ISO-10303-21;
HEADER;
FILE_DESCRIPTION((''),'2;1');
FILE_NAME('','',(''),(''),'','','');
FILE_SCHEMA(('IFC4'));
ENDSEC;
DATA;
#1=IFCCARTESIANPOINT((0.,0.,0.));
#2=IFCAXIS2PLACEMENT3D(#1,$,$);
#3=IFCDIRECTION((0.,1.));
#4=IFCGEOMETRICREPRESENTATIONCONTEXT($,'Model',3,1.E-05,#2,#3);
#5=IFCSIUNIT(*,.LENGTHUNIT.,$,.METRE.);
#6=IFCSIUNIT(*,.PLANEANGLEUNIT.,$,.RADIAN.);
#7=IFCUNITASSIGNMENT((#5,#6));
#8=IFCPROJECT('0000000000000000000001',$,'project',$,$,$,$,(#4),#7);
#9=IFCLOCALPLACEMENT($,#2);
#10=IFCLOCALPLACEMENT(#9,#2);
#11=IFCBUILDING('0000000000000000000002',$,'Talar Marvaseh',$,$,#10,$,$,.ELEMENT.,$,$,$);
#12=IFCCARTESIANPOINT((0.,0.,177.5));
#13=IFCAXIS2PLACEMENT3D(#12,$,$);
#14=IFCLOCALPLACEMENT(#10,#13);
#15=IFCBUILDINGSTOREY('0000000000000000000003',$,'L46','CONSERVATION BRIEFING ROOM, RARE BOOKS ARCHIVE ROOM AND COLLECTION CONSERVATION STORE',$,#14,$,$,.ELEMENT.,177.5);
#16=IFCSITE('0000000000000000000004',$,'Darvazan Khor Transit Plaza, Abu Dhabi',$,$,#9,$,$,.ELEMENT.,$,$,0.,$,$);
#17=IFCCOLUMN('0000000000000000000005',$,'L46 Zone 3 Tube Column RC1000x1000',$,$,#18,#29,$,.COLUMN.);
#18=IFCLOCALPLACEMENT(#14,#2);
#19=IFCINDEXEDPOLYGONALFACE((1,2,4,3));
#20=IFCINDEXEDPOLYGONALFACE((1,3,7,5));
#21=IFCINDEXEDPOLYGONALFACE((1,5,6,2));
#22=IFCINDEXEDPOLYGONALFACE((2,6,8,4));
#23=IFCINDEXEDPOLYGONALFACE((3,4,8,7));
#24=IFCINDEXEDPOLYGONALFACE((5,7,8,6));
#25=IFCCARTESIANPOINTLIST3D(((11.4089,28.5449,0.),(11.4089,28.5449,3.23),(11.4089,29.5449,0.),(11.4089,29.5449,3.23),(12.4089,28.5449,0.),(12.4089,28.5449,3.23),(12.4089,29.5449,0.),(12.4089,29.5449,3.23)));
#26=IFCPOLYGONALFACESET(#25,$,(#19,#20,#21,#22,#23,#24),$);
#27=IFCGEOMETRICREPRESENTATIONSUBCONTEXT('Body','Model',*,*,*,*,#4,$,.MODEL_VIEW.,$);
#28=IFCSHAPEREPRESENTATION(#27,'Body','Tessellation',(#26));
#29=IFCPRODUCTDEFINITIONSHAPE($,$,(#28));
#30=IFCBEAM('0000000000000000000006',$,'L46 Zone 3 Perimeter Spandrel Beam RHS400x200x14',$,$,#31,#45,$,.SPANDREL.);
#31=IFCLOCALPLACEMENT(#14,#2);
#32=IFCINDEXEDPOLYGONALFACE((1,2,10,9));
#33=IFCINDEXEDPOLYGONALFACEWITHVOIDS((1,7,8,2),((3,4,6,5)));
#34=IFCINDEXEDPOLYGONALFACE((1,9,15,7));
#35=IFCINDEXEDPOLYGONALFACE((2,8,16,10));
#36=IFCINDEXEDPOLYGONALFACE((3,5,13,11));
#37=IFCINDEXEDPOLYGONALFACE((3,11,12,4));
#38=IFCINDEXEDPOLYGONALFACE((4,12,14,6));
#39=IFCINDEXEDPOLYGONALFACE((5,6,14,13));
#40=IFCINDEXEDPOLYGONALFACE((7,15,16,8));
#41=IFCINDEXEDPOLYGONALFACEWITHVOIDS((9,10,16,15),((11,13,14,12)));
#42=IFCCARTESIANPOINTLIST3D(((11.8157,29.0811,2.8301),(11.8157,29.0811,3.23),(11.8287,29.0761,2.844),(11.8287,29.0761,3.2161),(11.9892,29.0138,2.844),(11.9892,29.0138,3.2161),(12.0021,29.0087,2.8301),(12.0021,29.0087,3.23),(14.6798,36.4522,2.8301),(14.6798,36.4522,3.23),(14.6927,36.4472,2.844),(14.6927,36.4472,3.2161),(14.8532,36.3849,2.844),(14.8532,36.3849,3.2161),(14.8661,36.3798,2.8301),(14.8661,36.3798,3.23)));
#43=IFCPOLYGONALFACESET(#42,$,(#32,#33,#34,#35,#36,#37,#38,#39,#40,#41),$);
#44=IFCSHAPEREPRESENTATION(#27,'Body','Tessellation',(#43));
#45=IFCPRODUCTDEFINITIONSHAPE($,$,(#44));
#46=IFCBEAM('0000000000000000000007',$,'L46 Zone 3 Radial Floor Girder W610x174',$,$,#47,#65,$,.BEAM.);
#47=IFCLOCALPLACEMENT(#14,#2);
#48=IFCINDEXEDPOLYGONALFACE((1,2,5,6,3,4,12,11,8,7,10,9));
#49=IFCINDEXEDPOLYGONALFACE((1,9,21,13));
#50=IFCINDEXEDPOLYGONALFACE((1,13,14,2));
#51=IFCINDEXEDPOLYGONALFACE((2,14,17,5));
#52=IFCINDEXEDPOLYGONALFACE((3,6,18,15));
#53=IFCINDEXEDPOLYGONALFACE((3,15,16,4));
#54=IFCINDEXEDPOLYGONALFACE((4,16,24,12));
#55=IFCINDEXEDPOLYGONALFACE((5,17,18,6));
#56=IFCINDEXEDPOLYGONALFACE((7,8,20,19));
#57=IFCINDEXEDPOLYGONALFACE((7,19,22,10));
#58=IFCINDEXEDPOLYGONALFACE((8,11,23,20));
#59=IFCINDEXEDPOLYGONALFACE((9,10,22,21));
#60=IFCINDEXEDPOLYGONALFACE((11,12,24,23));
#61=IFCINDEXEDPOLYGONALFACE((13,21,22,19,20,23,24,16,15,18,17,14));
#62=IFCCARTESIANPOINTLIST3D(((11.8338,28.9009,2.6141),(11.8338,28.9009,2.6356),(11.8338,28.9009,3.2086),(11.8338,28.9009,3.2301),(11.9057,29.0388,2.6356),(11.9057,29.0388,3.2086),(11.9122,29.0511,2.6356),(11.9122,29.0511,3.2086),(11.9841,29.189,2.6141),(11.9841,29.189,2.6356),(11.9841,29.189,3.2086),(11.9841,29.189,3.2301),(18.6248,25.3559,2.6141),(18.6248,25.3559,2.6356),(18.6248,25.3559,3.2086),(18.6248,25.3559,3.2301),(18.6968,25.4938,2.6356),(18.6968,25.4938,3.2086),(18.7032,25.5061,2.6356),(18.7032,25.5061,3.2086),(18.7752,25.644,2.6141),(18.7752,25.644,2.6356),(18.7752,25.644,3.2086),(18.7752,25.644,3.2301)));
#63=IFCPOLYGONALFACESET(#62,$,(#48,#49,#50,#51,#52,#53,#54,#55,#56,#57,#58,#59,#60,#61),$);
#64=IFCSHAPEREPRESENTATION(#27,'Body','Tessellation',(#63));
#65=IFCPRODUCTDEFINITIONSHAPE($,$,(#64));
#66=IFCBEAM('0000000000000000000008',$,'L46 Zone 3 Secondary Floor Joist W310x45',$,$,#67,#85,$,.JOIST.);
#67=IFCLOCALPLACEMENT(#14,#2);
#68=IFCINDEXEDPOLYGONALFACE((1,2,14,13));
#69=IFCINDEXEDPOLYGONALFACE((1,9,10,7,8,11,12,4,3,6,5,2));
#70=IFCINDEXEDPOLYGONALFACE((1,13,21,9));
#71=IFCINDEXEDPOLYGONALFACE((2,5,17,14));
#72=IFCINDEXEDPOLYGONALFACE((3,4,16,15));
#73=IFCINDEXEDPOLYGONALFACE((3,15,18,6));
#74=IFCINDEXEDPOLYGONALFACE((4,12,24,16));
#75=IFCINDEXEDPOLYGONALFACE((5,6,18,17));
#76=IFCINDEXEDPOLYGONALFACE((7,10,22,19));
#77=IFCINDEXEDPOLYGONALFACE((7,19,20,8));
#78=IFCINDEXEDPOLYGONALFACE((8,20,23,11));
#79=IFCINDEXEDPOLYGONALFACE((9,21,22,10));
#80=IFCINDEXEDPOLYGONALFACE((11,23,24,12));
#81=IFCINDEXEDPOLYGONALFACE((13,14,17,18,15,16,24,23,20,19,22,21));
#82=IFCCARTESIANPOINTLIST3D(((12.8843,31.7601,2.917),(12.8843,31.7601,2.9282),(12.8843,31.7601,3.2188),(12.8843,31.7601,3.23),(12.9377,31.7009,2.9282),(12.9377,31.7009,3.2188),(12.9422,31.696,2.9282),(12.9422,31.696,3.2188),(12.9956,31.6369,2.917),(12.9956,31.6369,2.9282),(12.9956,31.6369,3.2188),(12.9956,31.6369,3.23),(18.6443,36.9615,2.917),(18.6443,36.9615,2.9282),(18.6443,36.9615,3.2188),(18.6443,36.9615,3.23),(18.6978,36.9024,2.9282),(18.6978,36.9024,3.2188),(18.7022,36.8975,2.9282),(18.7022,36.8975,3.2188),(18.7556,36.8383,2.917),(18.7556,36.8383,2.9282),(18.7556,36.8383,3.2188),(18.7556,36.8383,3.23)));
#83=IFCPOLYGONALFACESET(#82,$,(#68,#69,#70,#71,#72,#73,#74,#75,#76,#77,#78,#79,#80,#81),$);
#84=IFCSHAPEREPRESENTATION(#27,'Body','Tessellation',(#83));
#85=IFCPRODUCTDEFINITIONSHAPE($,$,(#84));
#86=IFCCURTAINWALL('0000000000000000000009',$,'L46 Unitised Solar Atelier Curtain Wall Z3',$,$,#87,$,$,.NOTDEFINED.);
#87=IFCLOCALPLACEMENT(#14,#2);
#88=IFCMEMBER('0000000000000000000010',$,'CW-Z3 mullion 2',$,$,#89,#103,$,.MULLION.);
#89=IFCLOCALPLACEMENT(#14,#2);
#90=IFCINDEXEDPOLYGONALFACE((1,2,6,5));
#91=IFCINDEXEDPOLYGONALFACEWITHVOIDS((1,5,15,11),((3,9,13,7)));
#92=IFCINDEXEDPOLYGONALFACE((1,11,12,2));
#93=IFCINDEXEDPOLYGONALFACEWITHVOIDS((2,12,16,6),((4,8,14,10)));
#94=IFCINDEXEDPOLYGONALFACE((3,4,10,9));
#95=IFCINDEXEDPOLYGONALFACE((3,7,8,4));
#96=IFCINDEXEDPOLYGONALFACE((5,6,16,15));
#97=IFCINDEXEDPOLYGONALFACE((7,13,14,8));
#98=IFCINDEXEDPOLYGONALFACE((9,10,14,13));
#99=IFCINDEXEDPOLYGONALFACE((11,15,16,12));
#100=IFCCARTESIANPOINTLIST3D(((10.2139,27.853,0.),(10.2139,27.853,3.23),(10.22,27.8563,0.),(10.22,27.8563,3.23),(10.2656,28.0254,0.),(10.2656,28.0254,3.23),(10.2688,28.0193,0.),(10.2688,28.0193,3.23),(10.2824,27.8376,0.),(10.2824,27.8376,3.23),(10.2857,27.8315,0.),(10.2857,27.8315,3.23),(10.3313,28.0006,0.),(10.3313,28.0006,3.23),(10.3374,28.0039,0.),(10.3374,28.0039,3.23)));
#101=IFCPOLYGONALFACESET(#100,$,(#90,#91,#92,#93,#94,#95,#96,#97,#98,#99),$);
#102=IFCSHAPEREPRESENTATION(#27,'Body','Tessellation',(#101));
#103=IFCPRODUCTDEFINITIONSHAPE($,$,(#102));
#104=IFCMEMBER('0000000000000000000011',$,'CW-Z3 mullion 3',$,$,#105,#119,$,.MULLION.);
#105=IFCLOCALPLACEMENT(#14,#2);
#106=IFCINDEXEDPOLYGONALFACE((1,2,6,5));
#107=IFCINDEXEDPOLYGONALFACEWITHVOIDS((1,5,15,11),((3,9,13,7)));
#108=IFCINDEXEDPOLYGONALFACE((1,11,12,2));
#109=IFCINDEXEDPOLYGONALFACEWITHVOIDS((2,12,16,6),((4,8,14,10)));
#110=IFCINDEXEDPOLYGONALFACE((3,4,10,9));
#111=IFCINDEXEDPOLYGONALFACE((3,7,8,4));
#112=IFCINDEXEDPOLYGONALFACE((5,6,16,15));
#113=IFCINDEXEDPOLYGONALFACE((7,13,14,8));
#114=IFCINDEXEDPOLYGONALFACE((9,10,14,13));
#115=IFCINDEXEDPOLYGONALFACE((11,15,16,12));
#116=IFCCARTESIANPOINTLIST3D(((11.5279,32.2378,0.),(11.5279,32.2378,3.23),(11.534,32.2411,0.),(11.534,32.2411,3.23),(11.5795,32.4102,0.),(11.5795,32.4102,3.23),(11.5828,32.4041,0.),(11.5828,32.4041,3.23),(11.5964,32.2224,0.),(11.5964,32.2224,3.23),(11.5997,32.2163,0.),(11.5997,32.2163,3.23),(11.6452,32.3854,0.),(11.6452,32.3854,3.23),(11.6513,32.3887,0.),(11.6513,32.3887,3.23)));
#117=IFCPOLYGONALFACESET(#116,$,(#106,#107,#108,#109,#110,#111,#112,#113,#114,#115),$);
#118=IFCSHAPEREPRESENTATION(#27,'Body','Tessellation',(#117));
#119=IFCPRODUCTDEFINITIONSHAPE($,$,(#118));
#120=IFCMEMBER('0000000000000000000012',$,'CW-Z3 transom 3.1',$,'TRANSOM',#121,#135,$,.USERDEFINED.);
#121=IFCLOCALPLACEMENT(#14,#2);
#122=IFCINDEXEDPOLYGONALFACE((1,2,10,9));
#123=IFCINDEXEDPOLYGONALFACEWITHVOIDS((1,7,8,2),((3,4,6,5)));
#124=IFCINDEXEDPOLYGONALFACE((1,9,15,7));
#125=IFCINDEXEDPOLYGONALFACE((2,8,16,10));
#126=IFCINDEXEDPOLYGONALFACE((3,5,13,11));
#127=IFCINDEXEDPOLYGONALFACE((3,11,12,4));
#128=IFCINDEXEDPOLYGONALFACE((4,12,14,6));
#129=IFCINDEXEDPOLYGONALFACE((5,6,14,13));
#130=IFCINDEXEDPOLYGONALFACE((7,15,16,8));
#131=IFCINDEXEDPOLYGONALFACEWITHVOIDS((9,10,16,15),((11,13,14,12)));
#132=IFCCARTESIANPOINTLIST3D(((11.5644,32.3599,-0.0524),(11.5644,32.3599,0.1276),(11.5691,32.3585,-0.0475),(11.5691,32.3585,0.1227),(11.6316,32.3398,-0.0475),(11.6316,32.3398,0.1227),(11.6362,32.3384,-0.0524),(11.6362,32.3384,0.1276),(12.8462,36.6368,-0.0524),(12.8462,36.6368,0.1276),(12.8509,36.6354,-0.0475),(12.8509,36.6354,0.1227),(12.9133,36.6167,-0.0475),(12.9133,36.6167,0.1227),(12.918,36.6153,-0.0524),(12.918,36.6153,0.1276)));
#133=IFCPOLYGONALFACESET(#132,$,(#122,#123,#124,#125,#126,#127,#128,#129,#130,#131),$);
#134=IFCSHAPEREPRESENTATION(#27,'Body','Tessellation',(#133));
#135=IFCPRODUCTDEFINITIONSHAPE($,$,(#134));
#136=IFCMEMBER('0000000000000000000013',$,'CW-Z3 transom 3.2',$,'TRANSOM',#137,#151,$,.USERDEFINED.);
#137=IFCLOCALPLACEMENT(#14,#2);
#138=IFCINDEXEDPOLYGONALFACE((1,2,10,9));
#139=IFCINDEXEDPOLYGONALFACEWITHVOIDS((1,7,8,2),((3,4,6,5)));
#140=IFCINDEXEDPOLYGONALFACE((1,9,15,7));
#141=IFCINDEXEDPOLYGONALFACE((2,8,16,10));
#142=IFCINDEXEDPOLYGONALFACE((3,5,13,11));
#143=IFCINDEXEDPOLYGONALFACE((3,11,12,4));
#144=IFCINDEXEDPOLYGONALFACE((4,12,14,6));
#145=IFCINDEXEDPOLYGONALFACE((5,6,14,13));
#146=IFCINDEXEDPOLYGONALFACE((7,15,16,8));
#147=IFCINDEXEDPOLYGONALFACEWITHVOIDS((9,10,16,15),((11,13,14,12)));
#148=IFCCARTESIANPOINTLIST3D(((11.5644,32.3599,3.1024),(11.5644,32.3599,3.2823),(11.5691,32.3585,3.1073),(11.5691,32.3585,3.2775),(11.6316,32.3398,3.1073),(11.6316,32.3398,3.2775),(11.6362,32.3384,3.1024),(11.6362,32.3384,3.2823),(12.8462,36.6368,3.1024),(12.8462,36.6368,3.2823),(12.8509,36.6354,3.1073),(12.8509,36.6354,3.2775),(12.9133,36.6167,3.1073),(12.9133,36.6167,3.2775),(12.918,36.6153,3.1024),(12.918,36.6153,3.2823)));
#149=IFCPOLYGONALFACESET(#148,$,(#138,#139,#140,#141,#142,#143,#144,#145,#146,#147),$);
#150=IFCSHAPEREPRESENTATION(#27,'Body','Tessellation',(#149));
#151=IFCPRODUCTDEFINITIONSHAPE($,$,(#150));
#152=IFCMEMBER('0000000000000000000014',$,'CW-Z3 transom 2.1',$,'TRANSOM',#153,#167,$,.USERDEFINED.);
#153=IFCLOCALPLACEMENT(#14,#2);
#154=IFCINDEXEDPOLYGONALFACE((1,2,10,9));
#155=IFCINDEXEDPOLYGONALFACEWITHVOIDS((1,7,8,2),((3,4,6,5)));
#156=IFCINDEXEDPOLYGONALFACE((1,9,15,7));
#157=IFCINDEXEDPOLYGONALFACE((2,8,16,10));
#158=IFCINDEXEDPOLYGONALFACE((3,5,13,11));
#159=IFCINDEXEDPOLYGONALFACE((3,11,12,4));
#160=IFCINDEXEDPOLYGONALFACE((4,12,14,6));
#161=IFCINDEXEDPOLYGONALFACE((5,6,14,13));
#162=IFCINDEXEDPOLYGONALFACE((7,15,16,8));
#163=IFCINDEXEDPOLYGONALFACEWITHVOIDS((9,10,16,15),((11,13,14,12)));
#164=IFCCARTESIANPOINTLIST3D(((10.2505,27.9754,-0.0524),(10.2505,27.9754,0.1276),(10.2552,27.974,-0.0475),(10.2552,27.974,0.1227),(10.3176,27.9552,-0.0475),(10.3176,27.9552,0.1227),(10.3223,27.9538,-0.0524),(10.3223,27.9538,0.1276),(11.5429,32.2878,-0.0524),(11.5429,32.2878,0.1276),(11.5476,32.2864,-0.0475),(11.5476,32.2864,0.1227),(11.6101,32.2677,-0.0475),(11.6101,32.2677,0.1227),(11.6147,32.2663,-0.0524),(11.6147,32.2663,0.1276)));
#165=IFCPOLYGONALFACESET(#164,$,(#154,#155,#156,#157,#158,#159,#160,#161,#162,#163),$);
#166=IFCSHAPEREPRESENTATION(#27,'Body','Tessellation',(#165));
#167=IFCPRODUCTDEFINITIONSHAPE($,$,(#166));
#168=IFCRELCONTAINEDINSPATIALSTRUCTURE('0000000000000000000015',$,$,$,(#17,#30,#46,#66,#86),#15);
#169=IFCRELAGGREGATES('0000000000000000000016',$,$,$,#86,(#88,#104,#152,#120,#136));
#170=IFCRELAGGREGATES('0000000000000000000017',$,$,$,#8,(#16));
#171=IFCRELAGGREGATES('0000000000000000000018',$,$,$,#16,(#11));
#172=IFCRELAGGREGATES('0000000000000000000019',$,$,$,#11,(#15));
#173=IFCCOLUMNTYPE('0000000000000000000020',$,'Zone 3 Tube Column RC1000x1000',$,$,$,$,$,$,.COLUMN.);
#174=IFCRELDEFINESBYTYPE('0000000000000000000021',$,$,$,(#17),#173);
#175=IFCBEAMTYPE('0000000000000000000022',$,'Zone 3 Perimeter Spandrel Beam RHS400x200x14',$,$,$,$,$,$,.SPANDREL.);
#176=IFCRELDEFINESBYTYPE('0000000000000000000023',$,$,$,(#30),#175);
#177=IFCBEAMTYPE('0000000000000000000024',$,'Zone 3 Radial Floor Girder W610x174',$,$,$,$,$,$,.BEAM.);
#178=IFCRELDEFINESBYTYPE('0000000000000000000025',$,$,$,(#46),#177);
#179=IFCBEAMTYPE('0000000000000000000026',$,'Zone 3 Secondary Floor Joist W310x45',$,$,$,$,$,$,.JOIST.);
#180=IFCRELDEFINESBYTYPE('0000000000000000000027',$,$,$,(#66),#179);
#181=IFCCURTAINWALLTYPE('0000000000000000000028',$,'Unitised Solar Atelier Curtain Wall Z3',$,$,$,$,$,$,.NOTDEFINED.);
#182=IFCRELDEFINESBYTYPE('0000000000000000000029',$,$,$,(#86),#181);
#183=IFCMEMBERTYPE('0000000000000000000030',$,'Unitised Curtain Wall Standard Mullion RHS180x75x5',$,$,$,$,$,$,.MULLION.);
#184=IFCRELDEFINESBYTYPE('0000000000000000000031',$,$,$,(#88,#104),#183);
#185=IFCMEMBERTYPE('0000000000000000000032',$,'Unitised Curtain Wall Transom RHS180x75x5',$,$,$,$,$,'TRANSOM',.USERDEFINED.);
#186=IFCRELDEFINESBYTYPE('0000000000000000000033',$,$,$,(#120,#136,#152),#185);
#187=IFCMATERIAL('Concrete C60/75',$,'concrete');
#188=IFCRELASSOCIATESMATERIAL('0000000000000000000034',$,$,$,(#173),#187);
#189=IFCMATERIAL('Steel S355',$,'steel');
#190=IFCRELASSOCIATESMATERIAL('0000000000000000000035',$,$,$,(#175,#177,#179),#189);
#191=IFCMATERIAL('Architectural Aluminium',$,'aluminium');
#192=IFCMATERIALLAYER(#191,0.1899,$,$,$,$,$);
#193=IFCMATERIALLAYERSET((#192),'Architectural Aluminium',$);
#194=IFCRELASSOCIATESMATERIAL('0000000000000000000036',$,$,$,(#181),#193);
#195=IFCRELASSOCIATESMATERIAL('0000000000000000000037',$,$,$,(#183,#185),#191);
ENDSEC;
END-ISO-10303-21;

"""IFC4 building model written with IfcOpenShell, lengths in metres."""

from ifc_helpers import new_model, si_unit, direction, frame, origin, origin_2d, place, context, subcontext, project, spatial, rectangle, hollow_rectangle, i_section, extrude, source, transform, mapped, material, layer, layer_set, material_profile, profile_set, type_object, type_shapes, element, aggregate, save


model = new_model("IFC4")

# Units and contexts
model_context = context("Model", 3, precision=1e-05, world=origin(), true_north=direction((0.0, 1.0)))
body_context = subcontext(model_context, "Body", "Model", "MODEL_VIEW")
ifc_project = project(units=[si_unit("LENGTHUNIT", "METRE"), si_unit("PLANEANGLEUNIT", "RADIAN")], contexts=[model_context])

# Site, building, storey
site_placement = place(None, origin())
site = spatial("IfcSite", under=ifc_project, at=site_placement, Name="Darvazan Khor Transit Plaza, Abu Dhabi", CompositionType="ELEMENT", RefElevation=0.0)
building_placement = place(site_placement, origin())
building = spatial("IfcBuilding", under=site, at=building_placement, Name="Talar Marvaseh", CompositionType="ELEMENT")
storey_placement = place(building_placement, frame((0.0, 0.0, 177.5)))
storey = spatial("IfcBuildingStorey", under=building, at=storey_placement, Name="L46", Description="CONSERVATION BRIEFING ROOM, RARE BOOKS ARCHIVE ROOM AND COLLECTION CONSERVATION STORE", CompositionType="ELEMENT", Elevation=177.5)

# Column
ifc_material_1 = material(Name="Concrete C60/75", Category="concrete")
ifc_material_profile_1 = material_profile(ifc_material_1, rectangle(XDim=1.0, YDim=1.0, at=origin_2d()), Name="RC1000x1000")
ifc_profile_set_1 = profile_set([ifc_material_profile_1], Name="Concrete C60/75")
column_type = type_object("IfcColumnType", Name="Zone 3 Tube Column RC1000x1000", PredefinedType="COLUMN", material=ifc_profile_set_1)
column_placement = place(storey_placement, frame((11.9089, 29.0449, 0.0), z_axis=(0.0, 0.0, 1.0), x_axis=(1.0, 0.0, 0.0)))
element("IfcColumn", 1, at=column_placement, inside=storey, type_object=column_type, Name="L46 Zone 3 Tube Column RC1000x1000", PredefinedType="COLUMN", context=body_context, shape_type="SweptSolid", body=[
    extrude(rectangle(XDim=1.0, YDim=1.0, at=origin_2d()), origin(), (0.0, 0.0, 1.0), 3.23),
])

# Beams
ifc_material_2 = material(Name="Steel S355", Category="steel")
ifc_material_profile_2 = material_profile(ifc_material_2, hollow_rectangle(XDim=0.2, YDim=0.3999, WallThickness=0.0139, at=origin_2d()), Name="RHS400x200x14")
ifc_profile_set_2 = profile_set([ifc_material_profile_2], Name="Steel S355")
beam_type_1 = type_object("IfcBeamType", Name="Zone 3 Perimeter Spandrel Beam RHS400x200x14", PredefinedType="SPANDREL", material=ifc_profile_set_2)
beam_1_placement = place(storey_placement, frame((11.9089, 29.0449, 3.03), z_axis=(0.362169, 0.932112, 0.0), x_axis=(-0.932112, 0.362169, 0.0)))
element("IfcBeam", 2, at=beam_1_placement, inside=storey, type_object=beam_type_1, Name="L46 Zone 3 Perimeter Spandrel Beam RHS400x200x14", PredefinedType="SPANDREL", context=body_context, shape_type="SweptSolid", body=[
    extrude(hollow_rectangle(XDim=0.2, YDim=0.3999, WallThickness=0.0139, at=origin_2d()), origin(), (0.0, 0.0, 1.0), 7.908),
])
ifc_material_profile_3 = material_profile(ifc_material_2, i_section(OverallWidth=0.325, OverallDepth=0.616, WebThickness=0.0139, FlangeThickness=0.0215, at=origin_2d()), Name="W610x174")
ifc_profile_set_3 = profile_set([ifc_material_profile_3], Name="Steel S355")
beam_type_2 = type_object("IfcBeamType", Name="Zone 3 Radial Floor Girder W610x174", PredefinedType="BEAM", material=ifc_profile_set_3)
beam_2_placement = place(storey_placement, frame((11.9089, 29.0449, 2.9221), z_axis=(0.886489, -0.462749, 0.0), x_axis=(0.462749, 0.886489, 0.0)))
element("IfcBeam", 3, at=beam_2_placement, inside=storey, type_object=beam_type_2, Name="L46 Zone 3 Radial Floor Girder W610x174", PredefinedType="BEAM", context=body_context, shape_type="SweptSolid", body=[
    extrude(i_section(OverallWidth=0.325, OverallDepth=0.616, WebThickness=0.0139, FlangeThickness=0.0215, at=origin_2d()), origin(), (0.0, 0.0, 1.0), 7.6606),
])
ifc_material_profile_4 = material_profile(ifc_material_2, i_section(OverallWidth=0.166, OverallDepth=0.313, WebThickness=0.0066, FlangeThickness=0.0112, at=origin_2d()), Name="W310x45")
ifc_profile_set_4 = profile_set([ifc_material_profile_4], Name="Steel S355")
beam_type_3 = type_object("IfcBeamType", Name="Zone 3 Secondary Floor Joist W310x45", PredefinedType="JOIST", material=ifc_profile_set_4)
beam_3_placement = place(storey_placement, frame((12.9399, 31.6985, 3.0735), z_axis=(0.742178, 0.670203, 0.0), x_axis=(-0.670203, 0.742178, 0.0)))
element("IfcBeam", 4, at=beam_3_placement, inside=storey, type_object=beam_type_3, Name="L46 Zone 3 Secondary Floor Joist W310x45", PredefinedType="JOIST", context=body_context, shape_type="SweptSolid", body=[
    extrude(i_section(OverallWidth=0.166, OverallDepth=0.313, WebThickness=0.0066, FlangeThickness=0.0112, at=origin_2d()), origin(), (0.0, 0.0, 1.0), 7.761),
])

# Curtain wall, members
ifc_material_3 = material(Name="Architectural Aluminium", Category="aluminium")
ifc_layer_1 = layer(ifc_material_3, 0.1899)
ifc_layer_set_1 = layer_set([ifc_layer_1], Name="Architectural Aluminium")
curtain_wall_type = type_object("IfcCurtainWallType", Name="Unitised Solar Atelier Curtain Wall Z3", PredefinedType="NOTDEFINED", material=ifc_layer_set_1)
curtain_wall_placement = place(storey_placement, origin())
curtain_wall = element("IfcCurtainWall", 5, at=curtain_wall_placement, inside=storey, type_object=curtain_wall_type, Name="L46 Unitised Solar Atelier Curtain Wall Z3", PredefinedType="NOTDEFINED")
ifc_material_profile_5 = material_profile(ifc_material_3, hollow_rectangle(XDim=0.075, YDim=0.1799, WallThickness=0.0049, at=origin_2d()), Name="RHS180x75x5")
ifc_profile_set_5 = profile_set([ifc_material_profile_5], Name="Architectural Aluminium")
member_type_1 = type_object("IfcMemberType", Name="Unitised Curtain Wall Standard Mullion RHS180x75x5", PredefinedType="MULLION", material=ifc_profile_set_5)
shared_shape_1 = source(origin(), body_context, "Body", "SweptSolid", [
    extrude(hollow_rectangle(XDim=0.075, YDim=0.1799, WallThickness=0.0049, at=origin_2d()), origin(), (0.0, 0.0, 1.0), 3.23),
])
type_shapes(member_type_1, [shared_shape_1])
member_1_placement = place(storey_placement, frame((10.2756, 27.9285, 0.0), z_axis=(0.0, 0.0, 1.0), x_axis=(-0.957913, 0.28706, 0.0)))
member_1 = element("IfcMember", 6, at=member_1_placement, type_object=member_type_1, Name="CW-Z3 mullion 2", PredefinedType="MULLION", context=body_context, shape_type="MappedRepresentation", body=[
    mapped(shared_shape_1, transform((0.0, 0.0, 0.0), x_axis=(1.0, 0.0, 0.0), y_axis=(0.0, 1.0, 0.0), z_axis=(0.0, 0.0, 1.0), scale=1.0)),
])
member_2_placement = place(storey_placement, frame((11.5896, 32.3132, 0.0), z_axis=(0.0, 0.0, 1.0), x_axis=(-0.957913, 0.28706, 0.0)))
member_2 = element("IfcMember", 7, at=member_2_placement, type_object=member_type_1, Name="CW-Z3 mullion 3", PredefinedType="MULLION", context=body_context, shape_type="MappedRepresentation", body=[
    mapped(shared_shape_1, transform((0.0, 0.0, 0.0), x_axis=(1.0, 0.0, 0.0), y_axis=(0.0, 1.0, 0.0), z_axis=(0.0, 0.0, 1.0), scale=1.0)),
])
ifc_material_profile_6 = material_profile(ifc_material_3, hollow_rectangle(XDim=0.075, YDim=0.1799, WallThickness=0.0049, at=origin_2d()), Name="RHS180x75x5")
ifc_profile_set_6 = profile_set([ifc_material_profile_6], Name="Architectural Aluminium")
member_type_2 = type_object("IfcMemberType", Name="Unitised Curtain Wall Transom RHS180x75x5", ElementType="TRANSOM", PredefinedType="USERDEFINED", material=ifc_profile_set_6)
shared_shape_2 = source(origin(), body_context, "Body", "SweptSolid", [
    extrude(hollow_rectangle(XDim=0.075, YDim=0.1799, WallThickness=0.0049, at=origin_2d()), origin(), (0.0, 0.0, 1.0), 4.4648),
])
member_3_placement = place(storey_placement, frame((11.6003, 32.3491, 0.0376), z_axis=(0.287077, 0.957908, 0.0), x_axis=(-0.957908, 0.287077, 0.0)))
member_3 = element("IfcMember", 8, at=member_3_placement, type_object=member_type_2, Name="CW-Z3 transom 3.1", ObjectType="TRANSOM", PredefinedType="USERDEFINED", context=body_context, shape_type="MappedRepresentation", body=[
    mapped(shared_shape_2, transform((0.0, 0.0, 0.0), x_axis=(1.0, 0.0, 0.0), y_axis=(0.0, 1.0, 0.0), z_axis=(0.0, 0.0, 1.0), scale=1.0)),
])
member_4_placement = place(storey_placement, frame((11.6003, 32.3491, 3.1924), z_axis=(0.287077, 0.957908, 0.0), x_axis=(-0.957908, 0.287077, 0.0)))
member_4 = element("IfcMember", 9, at=member_4_placement, type_object=member_type_2, Name="CW-Z3 transom 3.2", ObjectType="TRANSOM", PredefinedType="USERDEFINED", context=body_context, shape_type="MappedRepresentation", body=[
    mapped(shared_shape_2, transform((0.0, 0.0, 0.0), x_axis=(1.0, 0.0, 0.0), y_axis=(0.0, 1.0, 0.0), z_axis=(0.0, 0.0, 1.0), scale=1.0)),
])
shared_shape_3 = source(origin(), body_context, "Body", "SweptSolid", [
    extrude(hollow_rectangle(XDim=0.075, YDim=0.1799, WallThickness=0.0049, at=origin_2d()), origin(), (0.0, 0.0, 1.0), 4.502),
])
type_shapes(member_type_2, [shared_shape_2, shared_shape_3])
member_5_placement = place(storey_placement, frame((10.2864, 27.9646, 0.0376), z_axis=(0.287089, 0.957904, 0.0), x_axis=(-0.957904, 0.287089, 0.0)))
member_5 = element("IfcMember", 10, at=member_5_placement, type_object=member_type_2, Name="CW-Z3 transom 2.1", ObjectType="TRANSOM", PredefinedType="USERDEFINED", context=body_context, shape_type="MappedRepresentation", body=[
    mapped(shared_shape_3, transform((0.0, 0.0, 0.0), x_axis=(1.0, 0.0, 0.0), y_axis=(0.0, 1.0, 0.0), z_axis=(0.0, 0.0, 1.0), scale=1.0)),
])
aggregate(curtain_wall, [member_1, member_2, member_5, member_3, member_4])

save(model, "model.ifc")
